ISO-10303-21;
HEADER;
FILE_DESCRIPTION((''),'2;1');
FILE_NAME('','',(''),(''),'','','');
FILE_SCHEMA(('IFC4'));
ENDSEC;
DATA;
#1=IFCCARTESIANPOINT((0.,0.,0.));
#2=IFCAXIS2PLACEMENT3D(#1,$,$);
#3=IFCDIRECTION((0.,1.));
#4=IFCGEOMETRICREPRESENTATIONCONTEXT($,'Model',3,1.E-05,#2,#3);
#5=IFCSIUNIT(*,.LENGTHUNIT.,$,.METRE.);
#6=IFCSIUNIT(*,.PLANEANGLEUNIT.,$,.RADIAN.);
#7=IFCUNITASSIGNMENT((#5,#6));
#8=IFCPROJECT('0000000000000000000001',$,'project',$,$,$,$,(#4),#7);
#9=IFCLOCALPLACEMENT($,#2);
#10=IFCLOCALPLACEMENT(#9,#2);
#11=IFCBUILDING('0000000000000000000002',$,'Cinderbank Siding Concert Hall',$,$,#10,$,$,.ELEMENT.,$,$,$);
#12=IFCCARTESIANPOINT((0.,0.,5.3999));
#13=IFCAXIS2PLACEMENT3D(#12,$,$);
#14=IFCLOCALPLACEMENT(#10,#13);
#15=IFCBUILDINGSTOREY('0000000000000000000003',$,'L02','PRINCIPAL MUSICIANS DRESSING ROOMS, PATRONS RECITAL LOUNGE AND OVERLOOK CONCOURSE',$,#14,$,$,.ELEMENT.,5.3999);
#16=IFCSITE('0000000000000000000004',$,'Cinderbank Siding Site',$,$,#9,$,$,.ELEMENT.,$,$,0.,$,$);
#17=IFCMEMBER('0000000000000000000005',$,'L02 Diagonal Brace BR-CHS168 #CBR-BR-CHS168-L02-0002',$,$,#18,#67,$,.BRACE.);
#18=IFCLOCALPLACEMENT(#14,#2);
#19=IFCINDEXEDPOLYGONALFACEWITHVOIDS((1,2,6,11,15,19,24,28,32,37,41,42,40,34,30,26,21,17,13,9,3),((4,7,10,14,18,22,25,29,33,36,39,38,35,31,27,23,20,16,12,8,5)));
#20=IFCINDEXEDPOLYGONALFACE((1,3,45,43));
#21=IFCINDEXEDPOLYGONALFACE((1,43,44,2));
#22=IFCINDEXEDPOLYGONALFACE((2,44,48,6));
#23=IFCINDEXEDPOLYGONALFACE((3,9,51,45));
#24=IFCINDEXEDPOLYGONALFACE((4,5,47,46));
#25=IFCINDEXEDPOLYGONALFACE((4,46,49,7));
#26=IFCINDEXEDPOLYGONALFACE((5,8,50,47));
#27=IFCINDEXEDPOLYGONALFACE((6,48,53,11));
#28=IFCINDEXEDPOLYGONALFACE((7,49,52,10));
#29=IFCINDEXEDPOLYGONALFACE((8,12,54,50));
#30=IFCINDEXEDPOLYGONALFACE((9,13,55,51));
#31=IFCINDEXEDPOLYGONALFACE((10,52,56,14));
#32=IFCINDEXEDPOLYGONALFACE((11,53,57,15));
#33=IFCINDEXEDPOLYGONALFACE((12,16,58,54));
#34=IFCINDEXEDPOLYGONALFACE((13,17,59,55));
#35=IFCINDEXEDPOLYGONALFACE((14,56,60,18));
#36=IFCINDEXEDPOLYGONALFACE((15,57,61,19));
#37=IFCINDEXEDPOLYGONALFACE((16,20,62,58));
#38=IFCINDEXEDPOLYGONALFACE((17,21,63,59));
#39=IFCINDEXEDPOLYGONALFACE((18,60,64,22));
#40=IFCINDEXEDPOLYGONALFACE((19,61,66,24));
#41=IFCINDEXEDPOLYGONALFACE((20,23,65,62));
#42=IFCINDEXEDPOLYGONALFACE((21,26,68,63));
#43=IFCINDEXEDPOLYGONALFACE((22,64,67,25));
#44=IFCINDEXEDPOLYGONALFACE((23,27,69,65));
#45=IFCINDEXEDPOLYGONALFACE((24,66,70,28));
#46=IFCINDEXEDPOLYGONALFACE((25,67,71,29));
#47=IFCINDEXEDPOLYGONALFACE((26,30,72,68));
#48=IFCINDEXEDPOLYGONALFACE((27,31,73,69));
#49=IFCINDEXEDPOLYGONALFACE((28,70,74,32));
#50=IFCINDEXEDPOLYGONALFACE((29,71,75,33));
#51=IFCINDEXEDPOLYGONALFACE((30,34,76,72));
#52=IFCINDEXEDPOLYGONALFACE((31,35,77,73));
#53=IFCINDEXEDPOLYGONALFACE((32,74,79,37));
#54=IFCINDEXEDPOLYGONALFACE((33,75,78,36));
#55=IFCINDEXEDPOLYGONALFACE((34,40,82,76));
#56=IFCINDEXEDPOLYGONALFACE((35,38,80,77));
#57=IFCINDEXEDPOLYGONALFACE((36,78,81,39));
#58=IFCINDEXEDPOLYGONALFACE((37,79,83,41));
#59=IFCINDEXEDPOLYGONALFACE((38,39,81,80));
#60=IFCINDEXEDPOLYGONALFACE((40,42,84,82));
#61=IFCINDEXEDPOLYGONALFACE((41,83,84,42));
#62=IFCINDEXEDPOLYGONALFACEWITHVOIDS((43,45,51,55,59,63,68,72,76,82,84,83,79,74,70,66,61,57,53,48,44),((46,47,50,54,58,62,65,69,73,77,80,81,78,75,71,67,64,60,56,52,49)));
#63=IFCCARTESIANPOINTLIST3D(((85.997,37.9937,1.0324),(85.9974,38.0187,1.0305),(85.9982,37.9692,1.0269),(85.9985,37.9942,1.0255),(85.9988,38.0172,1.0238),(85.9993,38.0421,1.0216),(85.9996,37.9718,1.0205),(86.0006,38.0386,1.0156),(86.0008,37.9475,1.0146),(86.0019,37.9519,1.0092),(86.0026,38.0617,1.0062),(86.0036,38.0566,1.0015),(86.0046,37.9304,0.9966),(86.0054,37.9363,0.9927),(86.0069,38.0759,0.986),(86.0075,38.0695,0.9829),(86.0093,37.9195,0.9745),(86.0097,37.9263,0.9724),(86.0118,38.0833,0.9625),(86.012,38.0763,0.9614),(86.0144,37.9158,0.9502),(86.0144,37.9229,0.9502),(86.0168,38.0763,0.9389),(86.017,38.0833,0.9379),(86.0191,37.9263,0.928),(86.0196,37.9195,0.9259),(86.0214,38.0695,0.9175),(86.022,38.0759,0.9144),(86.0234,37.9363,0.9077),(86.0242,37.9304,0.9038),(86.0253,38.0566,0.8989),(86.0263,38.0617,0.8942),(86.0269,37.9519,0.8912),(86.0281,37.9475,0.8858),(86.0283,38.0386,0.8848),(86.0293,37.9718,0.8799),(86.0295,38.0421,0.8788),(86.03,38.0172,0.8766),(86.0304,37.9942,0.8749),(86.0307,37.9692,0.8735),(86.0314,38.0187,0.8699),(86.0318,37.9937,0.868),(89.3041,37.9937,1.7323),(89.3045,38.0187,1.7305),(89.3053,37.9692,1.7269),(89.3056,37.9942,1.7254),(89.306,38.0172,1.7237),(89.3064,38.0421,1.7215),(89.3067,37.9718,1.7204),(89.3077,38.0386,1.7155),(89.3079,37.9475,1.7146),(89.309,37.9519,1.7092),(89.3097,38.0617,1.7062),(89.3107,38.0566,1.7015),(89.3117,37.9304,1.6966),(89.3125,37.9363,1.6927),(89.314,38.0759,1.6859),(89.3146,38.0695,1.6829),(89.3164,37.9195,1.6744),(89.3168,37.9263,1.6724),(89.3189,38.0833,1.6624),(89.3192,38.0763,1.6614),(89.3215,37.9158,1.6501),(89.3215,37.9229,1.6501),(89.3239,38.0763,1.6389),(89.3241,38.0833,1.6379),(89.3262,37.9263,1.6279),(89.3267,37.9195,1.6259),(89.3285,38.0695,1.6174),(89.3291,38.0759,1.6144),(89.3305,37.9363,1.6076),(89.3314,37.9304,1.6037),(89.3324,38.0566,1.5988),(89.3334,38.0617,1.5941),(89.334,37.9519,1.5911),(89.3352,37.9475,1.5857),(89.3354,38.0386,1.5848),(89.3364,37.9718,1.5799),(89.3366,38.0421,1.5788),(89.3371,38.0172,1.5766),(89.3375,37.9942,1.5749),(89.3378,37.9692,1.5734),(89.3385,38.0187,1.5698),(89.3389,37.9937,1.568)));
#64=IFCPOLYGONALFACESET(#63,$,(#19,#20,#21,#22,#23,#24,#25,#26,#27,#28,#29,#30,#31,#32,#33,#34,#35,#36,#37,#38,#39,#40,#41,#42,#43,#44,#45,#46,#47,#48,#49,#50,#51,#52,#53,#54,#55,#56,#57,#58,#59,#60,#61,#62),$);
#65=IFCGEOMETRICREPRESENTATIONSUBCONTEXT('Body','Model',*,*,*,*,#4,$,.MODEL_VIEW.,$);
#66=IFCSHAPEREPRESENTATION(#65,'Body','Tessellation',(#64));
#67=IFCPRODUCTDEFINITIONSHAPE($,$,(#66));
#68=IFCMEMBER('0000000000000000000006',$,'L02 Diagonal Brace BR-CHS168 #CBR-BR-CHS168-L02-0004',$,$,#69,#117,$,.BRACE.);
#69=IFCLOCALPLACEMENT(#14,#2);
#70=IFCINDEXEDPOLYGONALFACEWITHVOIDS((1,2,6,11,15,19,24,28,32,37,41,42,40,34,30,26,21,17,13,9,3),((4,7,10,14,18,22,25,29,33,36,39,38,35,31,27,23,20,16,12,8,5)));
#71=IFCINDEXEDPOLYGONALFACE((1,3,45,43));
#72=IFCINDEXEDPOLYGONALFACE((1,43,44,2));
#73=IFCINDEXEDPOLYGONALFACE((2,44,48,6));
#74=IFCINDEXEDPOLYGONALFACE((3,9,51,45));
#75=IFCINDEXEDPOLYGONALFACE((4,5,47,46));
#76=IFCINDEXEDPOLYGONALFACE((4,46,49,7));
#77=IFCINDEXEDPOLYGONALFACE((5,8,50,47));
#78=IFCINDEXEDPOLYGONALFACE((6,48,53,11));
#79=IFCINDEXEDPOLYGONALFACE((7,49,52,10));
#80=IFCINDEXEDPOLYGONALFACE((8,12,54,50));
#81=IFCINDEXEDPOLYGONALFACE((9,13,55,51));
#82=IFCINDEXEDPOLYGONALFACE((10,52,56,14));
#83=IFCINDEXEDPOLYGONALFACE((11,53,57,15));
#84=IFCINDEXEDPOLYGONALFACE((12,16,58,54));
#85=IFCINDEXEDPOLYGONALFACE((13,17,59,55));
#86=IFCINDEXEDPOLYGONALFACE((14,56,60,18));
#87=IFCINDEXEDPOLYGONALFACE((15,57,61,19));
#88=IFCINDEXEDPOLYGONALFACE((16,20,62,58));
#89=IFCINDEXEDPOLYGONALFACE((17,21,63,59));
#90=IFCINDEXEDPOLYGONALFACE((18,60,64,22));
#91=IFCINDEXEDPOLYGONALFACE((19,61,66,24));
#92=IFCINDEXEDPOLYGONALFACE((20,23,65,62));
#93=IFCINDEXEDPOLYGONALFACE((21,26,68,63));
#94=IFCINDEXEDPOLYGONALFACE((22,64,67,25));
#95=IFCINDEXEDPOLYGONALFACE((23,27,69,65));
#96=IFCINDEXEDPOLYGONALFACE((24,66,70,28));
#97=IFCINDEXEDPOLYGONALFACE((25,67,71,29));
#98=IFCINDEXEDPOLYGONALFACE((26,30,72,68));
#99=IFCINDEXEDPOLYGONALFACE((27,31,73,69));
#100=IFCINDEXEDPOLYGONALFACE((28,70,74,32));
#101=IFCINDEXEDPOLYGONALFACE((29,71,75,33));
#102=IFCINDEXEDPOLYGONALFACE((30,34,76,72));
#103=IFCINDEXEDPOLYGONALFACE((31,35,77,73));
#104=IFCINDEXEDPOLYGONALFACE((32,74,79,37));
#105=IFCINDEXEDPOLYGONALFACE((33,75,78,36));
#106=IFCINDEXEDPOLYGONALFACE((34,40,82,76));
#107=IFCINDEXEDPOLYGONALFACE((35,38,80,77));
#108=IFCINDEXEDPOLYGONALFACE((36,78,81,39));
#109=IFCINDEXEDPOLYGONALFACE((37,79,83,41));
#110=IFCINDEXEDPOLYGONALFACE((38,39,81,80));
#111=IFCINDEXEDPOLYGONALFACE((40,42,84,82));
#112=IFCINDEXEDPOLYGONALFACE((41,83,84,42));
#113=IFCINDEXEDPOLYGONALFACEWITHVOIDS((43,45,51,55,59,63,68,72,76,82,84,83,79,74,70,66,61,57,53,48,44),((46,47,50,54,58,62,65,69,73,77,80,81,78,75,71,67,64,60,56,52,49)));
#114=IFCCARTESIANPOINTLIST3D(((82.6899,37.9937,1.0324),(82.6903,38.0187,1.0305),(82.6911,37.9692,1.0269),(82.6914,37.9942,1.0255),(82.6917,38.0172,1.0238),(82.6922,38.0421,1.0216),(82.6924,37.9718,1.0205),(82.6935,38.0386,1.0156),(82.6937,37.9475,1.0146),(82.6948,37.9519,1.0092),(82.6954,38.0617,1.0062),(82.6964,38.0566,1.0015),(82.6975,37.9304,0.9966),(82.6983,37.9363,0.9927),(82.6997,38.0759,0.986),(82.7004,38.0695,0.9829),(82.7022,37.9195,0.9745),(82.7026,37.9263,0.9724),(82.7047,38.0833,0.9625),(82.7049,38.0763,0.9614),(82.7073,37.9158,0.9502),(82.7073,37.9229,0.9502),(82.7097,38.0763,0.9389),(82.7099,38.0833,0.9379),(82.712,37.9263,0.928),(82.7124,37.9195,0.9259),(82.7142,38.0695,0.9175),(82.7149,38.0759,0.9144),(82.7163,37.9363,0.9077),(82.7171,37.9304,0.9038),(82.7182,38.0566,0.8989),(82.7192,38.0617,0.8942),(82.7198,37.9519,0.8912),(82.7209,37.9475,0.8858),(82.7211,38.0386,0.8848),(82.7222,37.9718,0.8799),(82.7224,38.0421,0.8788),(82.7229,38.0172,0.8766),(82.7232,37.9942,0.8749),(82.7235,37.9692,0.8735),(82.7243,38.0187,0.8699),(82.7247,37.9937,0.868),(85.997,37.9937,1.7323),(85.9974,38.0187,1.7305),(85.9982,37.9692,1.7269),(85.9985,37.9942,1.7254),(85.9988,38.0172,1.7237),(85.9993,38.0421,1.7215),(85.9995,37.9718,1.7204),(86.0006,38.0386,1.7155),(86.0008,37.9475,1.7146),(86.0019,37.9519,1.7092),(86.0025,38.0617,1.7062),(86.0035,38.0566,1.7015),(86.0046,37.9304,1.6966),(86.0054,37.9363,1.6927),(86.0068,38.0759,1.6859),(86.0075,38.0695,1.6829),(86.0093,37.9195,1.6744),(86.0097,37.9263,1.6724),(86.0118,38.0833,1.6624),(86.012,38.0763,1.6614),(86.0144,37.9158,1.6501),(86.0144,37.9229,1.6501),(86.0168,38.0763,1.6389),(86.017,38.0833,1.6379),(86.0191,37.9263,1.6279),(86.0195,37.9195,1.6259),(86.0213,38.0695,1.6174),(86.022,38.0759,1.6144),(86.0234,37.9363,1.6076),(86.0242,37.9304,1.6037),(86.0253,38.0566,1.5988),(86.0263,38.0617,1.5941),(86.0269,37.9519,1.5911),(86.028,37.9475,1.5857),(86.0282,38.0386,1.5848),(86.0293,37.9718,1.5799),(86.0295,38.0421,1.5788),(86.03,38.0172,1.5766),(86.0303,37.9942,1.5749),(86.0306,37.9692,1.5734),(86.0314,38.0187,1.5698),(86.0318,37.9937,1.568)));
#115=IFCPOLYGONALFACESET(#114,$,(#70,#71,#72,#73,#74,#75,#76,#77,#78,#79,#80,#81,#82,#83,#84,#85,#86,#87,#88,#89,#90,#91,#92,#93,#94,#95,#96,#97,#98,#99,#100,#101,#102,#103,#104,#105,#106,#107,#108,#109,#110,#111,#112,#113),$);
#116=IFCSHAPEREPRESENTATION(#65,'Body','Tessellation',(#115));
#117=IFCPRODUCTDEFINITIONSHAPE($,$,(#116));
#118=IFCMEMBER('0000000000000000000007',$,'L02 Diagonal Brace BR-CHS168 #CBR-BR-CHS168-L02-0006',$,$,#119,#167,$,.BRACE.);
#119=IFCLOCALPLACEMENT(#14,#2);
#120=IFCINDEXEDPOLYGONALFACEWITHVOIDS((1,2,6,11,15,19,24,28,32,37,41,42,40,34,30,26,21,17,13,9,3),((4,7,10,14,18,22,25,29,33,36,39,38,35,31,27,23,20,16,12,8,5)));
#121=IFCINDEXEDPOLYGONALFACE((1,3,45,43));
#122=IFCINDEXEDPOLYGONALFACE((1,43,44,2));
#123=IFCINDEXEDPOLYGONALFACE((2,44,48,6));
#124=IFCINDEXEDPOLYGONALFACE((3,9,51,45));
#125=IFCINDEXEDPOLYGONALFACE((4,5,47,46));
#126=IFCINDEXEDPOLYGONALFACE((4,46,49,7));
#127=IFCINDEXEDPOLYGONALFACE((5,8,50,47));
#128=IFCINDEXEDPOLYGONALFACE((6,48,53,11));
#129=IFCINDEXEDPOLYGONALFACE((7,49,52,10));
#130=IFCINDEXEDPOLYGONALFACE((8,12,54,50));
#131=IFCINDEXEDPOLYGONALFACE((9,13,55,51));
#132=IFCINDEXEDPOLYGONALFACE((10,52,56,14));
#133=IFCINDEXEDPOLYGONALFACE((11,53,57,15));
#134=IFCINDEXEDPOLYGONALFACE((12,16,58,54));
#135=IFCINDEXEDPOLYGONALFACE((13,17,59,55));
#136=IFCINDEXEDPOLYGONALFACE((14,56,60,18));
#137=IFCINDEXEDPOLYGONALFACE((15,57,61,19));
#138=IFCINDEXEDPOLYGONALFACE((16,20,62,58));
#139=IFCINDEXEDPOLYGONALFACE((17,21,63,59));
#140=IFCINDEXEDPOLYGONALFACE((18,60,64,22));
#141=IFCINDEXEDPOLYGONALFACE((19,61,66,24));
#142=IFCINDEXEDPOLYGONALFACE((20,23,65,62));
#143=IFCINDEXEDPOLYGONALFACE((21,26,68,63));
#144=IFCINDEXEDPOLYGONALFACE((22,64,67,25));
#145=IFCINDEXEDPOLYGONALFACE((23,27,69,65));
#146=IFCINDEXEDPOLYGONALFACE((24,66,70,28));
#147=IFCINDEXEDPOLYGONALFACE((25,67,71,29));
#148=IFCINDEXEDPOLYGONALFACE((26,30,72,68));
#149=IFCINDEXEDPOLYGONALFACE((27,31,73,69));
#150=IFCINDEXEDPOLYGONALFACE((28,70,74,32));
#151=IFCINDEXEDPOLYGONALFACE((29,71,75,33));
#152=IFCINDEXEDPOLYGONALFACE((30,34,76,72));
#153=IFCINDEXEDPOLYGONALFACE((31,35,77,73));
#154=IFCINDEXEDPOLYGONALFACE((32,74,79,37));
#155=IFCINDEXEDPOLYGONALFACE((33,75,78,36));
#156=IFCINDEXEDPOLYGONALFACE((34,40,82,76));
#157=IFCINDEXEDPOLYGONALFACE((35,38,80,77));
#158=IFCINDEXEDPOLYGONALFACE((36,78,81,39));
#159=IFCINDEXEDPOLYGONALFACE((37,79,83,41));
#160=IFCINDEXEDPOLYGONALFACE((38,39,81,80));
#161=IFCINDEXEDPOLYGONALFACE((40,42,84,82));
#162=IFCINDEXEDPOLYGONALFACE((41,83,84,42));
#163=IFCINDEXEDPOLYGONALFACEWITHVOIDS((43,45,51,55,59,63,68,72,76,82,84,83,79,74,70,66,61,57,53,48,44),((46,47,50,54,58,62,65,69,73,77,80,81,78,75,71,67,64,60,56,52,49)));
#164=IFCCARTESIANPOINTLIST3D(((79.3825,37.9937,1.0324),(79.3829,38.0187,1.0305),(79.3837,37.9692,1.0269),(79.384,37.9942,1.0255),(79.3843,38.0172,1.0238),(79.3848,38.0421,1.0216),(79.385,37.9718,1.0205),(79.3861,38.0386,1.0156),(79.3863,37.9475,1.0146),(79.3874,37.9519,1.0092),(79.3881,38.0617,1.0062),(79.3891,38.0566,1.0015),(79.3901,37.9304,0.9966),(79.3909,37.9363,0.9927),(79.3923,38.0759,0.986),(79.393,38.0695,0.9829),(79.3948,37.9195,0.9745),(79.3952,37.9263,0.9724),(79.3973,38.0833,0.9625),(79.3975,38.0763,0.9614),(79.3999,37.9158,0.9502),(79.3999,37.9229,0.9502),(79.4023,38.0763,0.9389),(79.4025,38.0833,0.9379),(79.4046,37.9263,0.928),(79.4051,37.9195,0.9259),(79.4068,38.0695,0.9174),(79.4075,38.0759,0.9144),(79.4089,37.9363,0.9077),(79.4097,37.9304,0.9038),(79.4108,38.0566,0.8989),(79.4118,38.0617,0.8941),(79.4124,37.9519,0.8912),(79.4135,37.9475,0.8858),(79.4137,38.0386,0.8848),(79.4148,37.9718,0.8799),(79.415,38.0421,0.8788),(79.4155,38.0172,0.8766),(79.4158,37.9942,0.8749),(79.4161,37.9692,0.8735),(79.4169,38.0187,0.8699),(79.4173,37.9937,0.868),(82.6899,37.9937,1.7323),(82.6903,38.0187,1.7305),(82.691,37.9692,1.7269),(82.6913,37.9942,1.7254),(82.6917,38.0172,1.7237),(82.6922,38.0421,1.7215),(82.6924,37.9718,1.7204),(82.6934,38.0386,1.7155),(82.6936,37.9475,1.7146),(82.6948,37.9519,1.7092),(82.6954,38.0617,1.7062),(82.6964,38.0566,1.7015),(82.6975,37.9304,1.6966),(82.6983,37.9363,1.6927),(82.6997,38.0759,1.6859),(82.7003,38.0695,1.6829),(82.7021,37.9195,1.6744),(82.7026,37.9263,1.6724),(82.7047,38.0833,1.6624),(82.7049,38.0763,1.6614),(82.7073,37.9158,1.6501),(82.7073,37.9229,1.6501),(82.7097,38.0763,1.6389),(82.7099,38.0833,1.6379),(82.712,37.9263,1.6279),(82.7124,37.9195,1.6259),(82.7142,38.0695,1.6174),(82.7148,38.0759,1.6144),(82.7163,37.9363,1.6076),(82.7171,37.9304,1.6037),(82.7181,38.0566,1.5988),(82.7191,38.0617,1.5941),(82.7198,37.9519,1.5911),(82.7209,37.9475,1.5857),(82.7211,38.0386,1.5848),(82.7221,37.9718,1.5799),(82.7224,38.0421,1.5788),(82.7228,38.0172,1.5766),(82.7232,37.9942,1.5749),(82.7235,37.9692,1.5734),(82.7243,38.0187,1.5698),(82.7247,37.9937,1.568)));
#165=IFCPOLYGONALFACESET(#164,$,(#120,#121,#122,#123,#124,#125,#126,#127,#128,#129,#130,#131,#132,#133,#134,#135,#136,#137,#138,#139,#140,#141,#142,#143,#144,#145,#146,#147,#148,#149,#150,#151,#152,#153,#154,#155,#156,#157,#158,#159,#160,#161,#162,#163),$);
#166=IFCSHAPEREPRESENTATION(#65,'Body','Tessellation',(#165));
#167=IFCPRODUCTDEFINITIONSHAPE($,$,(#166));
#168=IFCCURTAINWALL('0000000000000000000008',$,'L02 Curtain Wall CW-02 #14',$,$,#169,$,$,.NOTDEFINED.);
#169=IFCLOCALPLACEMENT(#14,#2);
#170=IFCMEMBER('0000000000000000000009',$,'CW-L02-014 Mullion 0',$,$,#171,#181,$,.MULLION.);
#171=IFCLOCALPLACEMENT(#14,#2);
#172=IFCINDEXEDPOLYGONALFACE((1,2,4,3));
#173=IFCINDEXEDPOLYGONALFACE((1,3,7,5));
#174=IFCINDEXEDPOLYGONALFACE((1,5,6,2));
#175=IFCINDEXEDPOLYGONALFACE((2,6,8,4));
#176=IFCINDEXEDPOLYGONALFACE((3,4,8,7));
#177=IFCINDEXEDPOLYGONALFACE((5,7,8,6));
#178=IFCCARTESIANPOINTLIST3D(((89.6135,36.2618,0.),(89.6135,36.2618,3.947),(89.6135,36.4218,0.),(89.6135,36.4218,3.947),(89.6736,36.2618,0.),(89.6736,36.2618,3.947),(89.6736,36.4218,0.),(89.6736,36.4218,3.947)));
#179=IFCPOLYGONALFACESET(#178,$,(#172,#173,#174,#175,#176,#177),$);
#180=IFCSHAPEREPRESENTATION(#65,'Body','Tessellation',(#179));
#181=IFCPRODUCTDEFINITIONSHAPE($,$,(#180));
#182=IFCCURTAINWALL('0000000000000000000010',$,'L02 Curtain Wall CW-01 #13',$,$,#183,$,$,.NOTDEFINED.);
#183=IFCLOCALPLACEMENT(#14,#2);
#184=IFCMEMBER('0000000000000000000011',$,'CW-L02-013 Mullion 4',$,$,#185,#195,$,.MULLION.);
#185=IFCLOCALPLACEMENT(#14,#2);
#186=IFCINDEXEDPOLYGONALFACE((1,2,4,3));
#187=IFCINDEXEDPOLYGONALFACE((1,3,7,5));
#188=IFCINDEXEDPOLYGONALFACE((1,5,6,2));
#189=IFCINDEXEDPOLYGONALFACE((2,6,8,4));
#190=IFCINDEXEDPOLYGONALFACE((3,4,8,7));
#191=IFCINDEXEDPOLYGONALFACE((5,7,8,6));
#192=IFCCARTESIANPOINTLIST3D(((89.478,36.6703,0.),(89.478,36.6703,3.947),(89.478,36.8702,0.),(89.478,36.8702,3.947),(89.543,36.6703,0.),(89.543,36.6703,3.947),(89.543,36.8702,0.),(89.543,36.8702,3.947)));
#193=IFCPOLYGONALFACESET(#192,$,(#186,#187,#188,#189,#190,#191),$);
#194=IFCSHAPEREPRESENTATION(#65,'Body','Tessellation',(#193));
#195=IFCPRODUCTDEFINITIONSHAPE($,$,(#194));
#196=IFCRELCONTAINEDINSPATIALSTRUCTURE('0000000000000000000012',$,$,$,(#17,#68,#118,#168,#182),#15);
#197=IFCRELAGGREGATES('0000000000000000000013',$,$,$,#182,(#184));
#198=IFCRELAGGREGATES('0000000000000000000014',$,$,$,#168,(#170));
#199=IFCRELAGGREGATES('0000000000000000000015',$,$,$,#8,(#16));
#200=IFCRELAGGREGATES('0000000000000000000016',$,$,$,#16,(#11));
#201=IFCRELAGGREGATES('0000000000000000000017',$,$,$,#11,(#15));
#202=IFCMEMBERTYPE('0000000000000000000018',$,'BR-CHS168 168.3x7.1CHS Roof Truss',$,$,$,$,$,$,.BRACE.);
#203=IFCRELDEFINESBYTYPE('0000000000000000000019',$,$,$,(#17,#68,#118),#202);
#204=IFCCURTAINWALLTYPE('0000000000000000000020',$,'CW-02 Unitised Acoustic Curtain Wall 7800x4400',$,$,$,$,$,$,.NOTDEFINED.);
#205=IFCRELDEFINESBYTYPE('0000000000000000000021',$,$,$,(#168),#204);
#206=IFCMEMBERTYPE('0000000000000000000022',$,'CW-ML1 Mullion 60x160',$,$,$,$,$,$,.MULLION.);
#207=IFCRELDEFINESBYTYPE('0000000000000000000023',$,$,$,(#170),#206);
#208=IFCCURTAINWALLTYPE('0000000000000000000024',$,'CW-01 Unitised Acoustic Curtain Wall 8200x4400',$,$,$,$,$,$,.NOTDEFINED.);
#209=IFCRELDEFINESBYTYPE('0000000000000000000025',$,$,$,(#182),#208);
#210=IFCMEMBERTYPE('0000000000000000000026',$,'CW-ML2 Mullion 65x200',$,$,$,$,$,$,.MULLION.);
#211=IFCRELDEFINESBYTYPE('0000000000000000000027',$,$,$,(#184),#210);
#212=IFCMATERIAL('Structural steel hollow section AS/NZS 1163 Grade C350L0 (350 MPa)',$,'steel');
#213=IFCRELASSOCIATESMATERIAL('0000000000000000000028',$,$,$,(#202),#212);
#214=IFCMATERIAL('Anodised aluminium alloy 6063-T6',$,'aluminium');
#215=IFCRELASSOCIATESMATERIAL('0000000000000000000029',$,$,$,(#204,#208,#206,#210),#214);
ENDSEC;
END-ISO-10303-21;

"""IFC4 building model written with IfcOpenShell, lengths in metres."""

from ifc_helpers import new_model, si_unit, direction, frame, origin, origin_2d, place, context, subcontext, project, spatial, rectangle, hollow_circle, extrude, material, material_profile, profile_set, type_object, element, aggregate, save


model = new_model("IFC4")

# Units and contexts
model_context = context("Model", 3, precision=1e-05, world=origin(), true_north=direction((0.0, 1.0)))
body_context = subcontext(model_context, "Body", "Model", "MODEL_VIEW")
ifc_project = project(units=[si_unit("LENGTHUNIT", "METRE"), si_unit("PLANEANGLEUNIT", "RADIAN")], contexts=[model_context])

# Site, building, storey
site_placement = place(None, origin())
site = spatial("IfcSite", under=ifc_project, at=site_placement, Name="Cinderbank Siding Site", CompositionType="ELEMENT", RefElevation=0.0)
building_placement = place(site_placement, origin())
building = spatial("IfcBuilding", under=site, at=building_placement, Name="Cinderbank Siding Concert Hall", CompositionType="ELEMENT")
storey_placement = place(building_placement, frame((0.0, 0.0, 5.3999)))
storey = spatial("IfcBuildingStorey", under=building, at=storey_placement, Name="L02", Description="PRINCIPAL MUSICIANS DRESSING ROOMS, PATRONS RECITAL LOUNGE AND OVERLOOK CONCOURSE", CompositionType="ELEMENT", Elevation=5.3999)

# Shared definitions
ifc_material_1 = material(Name="Structural steel hollow section AS/NZS 1163 Grade C350L0 (350 MPa)", Category="steel")

# Members
ifc_material_profile_1 = material_profile(ifc_material_1, hollow_circle(Radius=0.0842, WallThickness=0.0071, at=origin_2d()), Name="168.3x7.1CHS", Category="LoadBearing")
ifc_profile_set_1 = profile_set([ifc_material_profile_1], Name="Structural steel hollow section AS/NZS 1163 Grade C350L0 (350 MPa)")
member_type_1 = type_object("IfcMemberType", Name="BR-CHS168 168.3x7.1CHS Roof Truss", PredefinedType="BRACE", material=ifc_profile_set_1)
for number, where, z_axis, x_axis, name in (
    (1, (89.3215, 38.0, 1.6501), (-0.978328, 0.0, -0.207062), (0.0, -1.0, 0.0), "L02 Diagonal Brace BR-CHS168 #CBR-BR-CHS168-L02-0002"),
    (2, (86.0144, 38.0, 1.6501), (-0.978328, 0.0, -0.207062), (0.0, -1.0, 0.0), "L02 Diagonal Brace BR-CHS168 #CBR-BR-CHS168-L02-0004"),
):
    element("IfcMember", number, at=place(storey_placement, frame(where, z_axis=z_axis, x_axis=x_axis)), inside=storey, type_object=member_type_1, Name=name, PredefinedType="BRACE", context=body_context, shape_type="SweptSolid", body=[
        extrude(hollow_circle(Radius=0.0842, WallThickness=0.0071, at=origin_2d()), origin(), (0.0, 0.0, 1.0), 3.3804),
    ])
member_1_placement = place(storey_placement, frame((82.7073, 38.0, 1.6501), z_axis=(-0.978331, 0.0, -0.207048), x_axis=(0.0, -1.0, 0.0)))
element("IfcMember", 3, at=member_1_placement, inside=storey, type_object=member_type_1, Name="L02 Diagonal Brace BR-CHS168 #CBR-BR-CHS168-L02-0006", PredefinedType="BRACE", context=body_context, shape_type="SweptSolid", body=[
    extrude(hollow_circle(Radius=0.0842, WallThickness=0.0071, at=origin_2d()), origin(), (0.0, 0.0, 1.0), 3.3806),
])

# Curtain walls, members
ifc_material_2 = material(Name="Anodised aluminium alloy 6063-T6", Category="aluminium")
curtain_wall_type_1 = type_object("IfcCurtainWallType", Name="CW-02 Unitised Acoustic Curtain Wall 7800x4400", PredefinedType="NOTDEFINED", material=ifc_material_2)
curtain_wall_1_placement = place(storey_placement, origin())
curtain_wall_1 = element("IfcCurtainWall", 4, at=curtain_wall_1_placement, inside=storey, type_object=curtain_wall_type_1, Name="L02 Curtain Wall CW-02 #14", PredefinedType="NOTDEFINED")
ifc_material_profile_2 = material_profile(ifc_material_2, rectangle(XDim=0.0601, YDim=0.1599, at=origin_2d()), Name="ALU-MULL-60x160", Category="LoadBearing")
ifc_profile_set_2 = profile_set([ifc_material_profile_2], Name="Anodised aluminium alloy 6063-T6")
member_type_2 = type_object("IfcMemberType", Name="CW-ML1 Mullion 60x160", PredefinedType="MULLION", material=ifc_profile_set_2)
member_2_placement = place(storey_placement, frame((89.6436, 36.3418, 0.0), z_axis=(0.0, 0.0, 1.0), x_axis=(1.0, 0.0, 0.0)))
member_2 = element("IfcMember", 5, at=member_2_placement, type_object=member_type_2, Name="CW-L02-014 Mullion 0", PredefinedType="MULLION", context=body_context, shape_type="SweptSolid", body=[
    extrude(rectangle(XDim=0.0601, YDim=0.1599, at=origin_2d()), origin(), (0.0, 0.0, 1.0), 3.947),
])
curtain_wall_type_2 = type_object("IfcCurtainWallType", Name="CW-01 Unitised Acoustic Curtain Wall 8200x4400", PredefinedType="NOTDEFINED", material=ifc_material_2)
curtain_wall_2_placement = place(storey_placement, origin())
curtain_wall_2 = element("IfcCurtainWall", 6, at=curtain_wall_2_placement, inside=storey, type_object=curtain_wall_type_2, Name="L02 Curtain Wall CW-01 #13", PredefinedType="NOTDEFINED")
ifc_material_profile_3 = material_profile(ifc_material_2, rectangle(XDim=0.0649, YDim=0.2, at=origin_2d()), Name="ALU-MULL-65x200", Category="LoadBearing")
ifc_profile_set_3 = profile_set([ifc_material_profile_3], Name="Anodised aluminium alloy 6063-T6")
member_type_3 = type_object("IfcMemberType", Name="CW-ML2 Mullion 65x200", PredefinedType="MULLION", material=ifc_profile_set_3)
member_3_placement = place(storey_placement, frame((89.5105, 36.7703, 0.0), z_axis=(0.0, 0.0, 1.0), x_axis=(1.0, 0.0, 0.0)))
member_3 = element("IfcMember", 7, at=member_3_placement, type_object=member_type_3, Name="CW-L02-013 Mullion 4", PredefinedType="MULLION", context=body_context, shape_type="SweptSolid", body=[
    extrude(rectangle(XDim=0.0649, YDim=0.2, at=origin_2d()), origin(), (0.0, 0.0, 1.0), 3.947),
])

aggregate(curtain_wall_2, [member_3])
aggregate(curtain_wall_1, [member_2])

save(model, "model.ifc")
